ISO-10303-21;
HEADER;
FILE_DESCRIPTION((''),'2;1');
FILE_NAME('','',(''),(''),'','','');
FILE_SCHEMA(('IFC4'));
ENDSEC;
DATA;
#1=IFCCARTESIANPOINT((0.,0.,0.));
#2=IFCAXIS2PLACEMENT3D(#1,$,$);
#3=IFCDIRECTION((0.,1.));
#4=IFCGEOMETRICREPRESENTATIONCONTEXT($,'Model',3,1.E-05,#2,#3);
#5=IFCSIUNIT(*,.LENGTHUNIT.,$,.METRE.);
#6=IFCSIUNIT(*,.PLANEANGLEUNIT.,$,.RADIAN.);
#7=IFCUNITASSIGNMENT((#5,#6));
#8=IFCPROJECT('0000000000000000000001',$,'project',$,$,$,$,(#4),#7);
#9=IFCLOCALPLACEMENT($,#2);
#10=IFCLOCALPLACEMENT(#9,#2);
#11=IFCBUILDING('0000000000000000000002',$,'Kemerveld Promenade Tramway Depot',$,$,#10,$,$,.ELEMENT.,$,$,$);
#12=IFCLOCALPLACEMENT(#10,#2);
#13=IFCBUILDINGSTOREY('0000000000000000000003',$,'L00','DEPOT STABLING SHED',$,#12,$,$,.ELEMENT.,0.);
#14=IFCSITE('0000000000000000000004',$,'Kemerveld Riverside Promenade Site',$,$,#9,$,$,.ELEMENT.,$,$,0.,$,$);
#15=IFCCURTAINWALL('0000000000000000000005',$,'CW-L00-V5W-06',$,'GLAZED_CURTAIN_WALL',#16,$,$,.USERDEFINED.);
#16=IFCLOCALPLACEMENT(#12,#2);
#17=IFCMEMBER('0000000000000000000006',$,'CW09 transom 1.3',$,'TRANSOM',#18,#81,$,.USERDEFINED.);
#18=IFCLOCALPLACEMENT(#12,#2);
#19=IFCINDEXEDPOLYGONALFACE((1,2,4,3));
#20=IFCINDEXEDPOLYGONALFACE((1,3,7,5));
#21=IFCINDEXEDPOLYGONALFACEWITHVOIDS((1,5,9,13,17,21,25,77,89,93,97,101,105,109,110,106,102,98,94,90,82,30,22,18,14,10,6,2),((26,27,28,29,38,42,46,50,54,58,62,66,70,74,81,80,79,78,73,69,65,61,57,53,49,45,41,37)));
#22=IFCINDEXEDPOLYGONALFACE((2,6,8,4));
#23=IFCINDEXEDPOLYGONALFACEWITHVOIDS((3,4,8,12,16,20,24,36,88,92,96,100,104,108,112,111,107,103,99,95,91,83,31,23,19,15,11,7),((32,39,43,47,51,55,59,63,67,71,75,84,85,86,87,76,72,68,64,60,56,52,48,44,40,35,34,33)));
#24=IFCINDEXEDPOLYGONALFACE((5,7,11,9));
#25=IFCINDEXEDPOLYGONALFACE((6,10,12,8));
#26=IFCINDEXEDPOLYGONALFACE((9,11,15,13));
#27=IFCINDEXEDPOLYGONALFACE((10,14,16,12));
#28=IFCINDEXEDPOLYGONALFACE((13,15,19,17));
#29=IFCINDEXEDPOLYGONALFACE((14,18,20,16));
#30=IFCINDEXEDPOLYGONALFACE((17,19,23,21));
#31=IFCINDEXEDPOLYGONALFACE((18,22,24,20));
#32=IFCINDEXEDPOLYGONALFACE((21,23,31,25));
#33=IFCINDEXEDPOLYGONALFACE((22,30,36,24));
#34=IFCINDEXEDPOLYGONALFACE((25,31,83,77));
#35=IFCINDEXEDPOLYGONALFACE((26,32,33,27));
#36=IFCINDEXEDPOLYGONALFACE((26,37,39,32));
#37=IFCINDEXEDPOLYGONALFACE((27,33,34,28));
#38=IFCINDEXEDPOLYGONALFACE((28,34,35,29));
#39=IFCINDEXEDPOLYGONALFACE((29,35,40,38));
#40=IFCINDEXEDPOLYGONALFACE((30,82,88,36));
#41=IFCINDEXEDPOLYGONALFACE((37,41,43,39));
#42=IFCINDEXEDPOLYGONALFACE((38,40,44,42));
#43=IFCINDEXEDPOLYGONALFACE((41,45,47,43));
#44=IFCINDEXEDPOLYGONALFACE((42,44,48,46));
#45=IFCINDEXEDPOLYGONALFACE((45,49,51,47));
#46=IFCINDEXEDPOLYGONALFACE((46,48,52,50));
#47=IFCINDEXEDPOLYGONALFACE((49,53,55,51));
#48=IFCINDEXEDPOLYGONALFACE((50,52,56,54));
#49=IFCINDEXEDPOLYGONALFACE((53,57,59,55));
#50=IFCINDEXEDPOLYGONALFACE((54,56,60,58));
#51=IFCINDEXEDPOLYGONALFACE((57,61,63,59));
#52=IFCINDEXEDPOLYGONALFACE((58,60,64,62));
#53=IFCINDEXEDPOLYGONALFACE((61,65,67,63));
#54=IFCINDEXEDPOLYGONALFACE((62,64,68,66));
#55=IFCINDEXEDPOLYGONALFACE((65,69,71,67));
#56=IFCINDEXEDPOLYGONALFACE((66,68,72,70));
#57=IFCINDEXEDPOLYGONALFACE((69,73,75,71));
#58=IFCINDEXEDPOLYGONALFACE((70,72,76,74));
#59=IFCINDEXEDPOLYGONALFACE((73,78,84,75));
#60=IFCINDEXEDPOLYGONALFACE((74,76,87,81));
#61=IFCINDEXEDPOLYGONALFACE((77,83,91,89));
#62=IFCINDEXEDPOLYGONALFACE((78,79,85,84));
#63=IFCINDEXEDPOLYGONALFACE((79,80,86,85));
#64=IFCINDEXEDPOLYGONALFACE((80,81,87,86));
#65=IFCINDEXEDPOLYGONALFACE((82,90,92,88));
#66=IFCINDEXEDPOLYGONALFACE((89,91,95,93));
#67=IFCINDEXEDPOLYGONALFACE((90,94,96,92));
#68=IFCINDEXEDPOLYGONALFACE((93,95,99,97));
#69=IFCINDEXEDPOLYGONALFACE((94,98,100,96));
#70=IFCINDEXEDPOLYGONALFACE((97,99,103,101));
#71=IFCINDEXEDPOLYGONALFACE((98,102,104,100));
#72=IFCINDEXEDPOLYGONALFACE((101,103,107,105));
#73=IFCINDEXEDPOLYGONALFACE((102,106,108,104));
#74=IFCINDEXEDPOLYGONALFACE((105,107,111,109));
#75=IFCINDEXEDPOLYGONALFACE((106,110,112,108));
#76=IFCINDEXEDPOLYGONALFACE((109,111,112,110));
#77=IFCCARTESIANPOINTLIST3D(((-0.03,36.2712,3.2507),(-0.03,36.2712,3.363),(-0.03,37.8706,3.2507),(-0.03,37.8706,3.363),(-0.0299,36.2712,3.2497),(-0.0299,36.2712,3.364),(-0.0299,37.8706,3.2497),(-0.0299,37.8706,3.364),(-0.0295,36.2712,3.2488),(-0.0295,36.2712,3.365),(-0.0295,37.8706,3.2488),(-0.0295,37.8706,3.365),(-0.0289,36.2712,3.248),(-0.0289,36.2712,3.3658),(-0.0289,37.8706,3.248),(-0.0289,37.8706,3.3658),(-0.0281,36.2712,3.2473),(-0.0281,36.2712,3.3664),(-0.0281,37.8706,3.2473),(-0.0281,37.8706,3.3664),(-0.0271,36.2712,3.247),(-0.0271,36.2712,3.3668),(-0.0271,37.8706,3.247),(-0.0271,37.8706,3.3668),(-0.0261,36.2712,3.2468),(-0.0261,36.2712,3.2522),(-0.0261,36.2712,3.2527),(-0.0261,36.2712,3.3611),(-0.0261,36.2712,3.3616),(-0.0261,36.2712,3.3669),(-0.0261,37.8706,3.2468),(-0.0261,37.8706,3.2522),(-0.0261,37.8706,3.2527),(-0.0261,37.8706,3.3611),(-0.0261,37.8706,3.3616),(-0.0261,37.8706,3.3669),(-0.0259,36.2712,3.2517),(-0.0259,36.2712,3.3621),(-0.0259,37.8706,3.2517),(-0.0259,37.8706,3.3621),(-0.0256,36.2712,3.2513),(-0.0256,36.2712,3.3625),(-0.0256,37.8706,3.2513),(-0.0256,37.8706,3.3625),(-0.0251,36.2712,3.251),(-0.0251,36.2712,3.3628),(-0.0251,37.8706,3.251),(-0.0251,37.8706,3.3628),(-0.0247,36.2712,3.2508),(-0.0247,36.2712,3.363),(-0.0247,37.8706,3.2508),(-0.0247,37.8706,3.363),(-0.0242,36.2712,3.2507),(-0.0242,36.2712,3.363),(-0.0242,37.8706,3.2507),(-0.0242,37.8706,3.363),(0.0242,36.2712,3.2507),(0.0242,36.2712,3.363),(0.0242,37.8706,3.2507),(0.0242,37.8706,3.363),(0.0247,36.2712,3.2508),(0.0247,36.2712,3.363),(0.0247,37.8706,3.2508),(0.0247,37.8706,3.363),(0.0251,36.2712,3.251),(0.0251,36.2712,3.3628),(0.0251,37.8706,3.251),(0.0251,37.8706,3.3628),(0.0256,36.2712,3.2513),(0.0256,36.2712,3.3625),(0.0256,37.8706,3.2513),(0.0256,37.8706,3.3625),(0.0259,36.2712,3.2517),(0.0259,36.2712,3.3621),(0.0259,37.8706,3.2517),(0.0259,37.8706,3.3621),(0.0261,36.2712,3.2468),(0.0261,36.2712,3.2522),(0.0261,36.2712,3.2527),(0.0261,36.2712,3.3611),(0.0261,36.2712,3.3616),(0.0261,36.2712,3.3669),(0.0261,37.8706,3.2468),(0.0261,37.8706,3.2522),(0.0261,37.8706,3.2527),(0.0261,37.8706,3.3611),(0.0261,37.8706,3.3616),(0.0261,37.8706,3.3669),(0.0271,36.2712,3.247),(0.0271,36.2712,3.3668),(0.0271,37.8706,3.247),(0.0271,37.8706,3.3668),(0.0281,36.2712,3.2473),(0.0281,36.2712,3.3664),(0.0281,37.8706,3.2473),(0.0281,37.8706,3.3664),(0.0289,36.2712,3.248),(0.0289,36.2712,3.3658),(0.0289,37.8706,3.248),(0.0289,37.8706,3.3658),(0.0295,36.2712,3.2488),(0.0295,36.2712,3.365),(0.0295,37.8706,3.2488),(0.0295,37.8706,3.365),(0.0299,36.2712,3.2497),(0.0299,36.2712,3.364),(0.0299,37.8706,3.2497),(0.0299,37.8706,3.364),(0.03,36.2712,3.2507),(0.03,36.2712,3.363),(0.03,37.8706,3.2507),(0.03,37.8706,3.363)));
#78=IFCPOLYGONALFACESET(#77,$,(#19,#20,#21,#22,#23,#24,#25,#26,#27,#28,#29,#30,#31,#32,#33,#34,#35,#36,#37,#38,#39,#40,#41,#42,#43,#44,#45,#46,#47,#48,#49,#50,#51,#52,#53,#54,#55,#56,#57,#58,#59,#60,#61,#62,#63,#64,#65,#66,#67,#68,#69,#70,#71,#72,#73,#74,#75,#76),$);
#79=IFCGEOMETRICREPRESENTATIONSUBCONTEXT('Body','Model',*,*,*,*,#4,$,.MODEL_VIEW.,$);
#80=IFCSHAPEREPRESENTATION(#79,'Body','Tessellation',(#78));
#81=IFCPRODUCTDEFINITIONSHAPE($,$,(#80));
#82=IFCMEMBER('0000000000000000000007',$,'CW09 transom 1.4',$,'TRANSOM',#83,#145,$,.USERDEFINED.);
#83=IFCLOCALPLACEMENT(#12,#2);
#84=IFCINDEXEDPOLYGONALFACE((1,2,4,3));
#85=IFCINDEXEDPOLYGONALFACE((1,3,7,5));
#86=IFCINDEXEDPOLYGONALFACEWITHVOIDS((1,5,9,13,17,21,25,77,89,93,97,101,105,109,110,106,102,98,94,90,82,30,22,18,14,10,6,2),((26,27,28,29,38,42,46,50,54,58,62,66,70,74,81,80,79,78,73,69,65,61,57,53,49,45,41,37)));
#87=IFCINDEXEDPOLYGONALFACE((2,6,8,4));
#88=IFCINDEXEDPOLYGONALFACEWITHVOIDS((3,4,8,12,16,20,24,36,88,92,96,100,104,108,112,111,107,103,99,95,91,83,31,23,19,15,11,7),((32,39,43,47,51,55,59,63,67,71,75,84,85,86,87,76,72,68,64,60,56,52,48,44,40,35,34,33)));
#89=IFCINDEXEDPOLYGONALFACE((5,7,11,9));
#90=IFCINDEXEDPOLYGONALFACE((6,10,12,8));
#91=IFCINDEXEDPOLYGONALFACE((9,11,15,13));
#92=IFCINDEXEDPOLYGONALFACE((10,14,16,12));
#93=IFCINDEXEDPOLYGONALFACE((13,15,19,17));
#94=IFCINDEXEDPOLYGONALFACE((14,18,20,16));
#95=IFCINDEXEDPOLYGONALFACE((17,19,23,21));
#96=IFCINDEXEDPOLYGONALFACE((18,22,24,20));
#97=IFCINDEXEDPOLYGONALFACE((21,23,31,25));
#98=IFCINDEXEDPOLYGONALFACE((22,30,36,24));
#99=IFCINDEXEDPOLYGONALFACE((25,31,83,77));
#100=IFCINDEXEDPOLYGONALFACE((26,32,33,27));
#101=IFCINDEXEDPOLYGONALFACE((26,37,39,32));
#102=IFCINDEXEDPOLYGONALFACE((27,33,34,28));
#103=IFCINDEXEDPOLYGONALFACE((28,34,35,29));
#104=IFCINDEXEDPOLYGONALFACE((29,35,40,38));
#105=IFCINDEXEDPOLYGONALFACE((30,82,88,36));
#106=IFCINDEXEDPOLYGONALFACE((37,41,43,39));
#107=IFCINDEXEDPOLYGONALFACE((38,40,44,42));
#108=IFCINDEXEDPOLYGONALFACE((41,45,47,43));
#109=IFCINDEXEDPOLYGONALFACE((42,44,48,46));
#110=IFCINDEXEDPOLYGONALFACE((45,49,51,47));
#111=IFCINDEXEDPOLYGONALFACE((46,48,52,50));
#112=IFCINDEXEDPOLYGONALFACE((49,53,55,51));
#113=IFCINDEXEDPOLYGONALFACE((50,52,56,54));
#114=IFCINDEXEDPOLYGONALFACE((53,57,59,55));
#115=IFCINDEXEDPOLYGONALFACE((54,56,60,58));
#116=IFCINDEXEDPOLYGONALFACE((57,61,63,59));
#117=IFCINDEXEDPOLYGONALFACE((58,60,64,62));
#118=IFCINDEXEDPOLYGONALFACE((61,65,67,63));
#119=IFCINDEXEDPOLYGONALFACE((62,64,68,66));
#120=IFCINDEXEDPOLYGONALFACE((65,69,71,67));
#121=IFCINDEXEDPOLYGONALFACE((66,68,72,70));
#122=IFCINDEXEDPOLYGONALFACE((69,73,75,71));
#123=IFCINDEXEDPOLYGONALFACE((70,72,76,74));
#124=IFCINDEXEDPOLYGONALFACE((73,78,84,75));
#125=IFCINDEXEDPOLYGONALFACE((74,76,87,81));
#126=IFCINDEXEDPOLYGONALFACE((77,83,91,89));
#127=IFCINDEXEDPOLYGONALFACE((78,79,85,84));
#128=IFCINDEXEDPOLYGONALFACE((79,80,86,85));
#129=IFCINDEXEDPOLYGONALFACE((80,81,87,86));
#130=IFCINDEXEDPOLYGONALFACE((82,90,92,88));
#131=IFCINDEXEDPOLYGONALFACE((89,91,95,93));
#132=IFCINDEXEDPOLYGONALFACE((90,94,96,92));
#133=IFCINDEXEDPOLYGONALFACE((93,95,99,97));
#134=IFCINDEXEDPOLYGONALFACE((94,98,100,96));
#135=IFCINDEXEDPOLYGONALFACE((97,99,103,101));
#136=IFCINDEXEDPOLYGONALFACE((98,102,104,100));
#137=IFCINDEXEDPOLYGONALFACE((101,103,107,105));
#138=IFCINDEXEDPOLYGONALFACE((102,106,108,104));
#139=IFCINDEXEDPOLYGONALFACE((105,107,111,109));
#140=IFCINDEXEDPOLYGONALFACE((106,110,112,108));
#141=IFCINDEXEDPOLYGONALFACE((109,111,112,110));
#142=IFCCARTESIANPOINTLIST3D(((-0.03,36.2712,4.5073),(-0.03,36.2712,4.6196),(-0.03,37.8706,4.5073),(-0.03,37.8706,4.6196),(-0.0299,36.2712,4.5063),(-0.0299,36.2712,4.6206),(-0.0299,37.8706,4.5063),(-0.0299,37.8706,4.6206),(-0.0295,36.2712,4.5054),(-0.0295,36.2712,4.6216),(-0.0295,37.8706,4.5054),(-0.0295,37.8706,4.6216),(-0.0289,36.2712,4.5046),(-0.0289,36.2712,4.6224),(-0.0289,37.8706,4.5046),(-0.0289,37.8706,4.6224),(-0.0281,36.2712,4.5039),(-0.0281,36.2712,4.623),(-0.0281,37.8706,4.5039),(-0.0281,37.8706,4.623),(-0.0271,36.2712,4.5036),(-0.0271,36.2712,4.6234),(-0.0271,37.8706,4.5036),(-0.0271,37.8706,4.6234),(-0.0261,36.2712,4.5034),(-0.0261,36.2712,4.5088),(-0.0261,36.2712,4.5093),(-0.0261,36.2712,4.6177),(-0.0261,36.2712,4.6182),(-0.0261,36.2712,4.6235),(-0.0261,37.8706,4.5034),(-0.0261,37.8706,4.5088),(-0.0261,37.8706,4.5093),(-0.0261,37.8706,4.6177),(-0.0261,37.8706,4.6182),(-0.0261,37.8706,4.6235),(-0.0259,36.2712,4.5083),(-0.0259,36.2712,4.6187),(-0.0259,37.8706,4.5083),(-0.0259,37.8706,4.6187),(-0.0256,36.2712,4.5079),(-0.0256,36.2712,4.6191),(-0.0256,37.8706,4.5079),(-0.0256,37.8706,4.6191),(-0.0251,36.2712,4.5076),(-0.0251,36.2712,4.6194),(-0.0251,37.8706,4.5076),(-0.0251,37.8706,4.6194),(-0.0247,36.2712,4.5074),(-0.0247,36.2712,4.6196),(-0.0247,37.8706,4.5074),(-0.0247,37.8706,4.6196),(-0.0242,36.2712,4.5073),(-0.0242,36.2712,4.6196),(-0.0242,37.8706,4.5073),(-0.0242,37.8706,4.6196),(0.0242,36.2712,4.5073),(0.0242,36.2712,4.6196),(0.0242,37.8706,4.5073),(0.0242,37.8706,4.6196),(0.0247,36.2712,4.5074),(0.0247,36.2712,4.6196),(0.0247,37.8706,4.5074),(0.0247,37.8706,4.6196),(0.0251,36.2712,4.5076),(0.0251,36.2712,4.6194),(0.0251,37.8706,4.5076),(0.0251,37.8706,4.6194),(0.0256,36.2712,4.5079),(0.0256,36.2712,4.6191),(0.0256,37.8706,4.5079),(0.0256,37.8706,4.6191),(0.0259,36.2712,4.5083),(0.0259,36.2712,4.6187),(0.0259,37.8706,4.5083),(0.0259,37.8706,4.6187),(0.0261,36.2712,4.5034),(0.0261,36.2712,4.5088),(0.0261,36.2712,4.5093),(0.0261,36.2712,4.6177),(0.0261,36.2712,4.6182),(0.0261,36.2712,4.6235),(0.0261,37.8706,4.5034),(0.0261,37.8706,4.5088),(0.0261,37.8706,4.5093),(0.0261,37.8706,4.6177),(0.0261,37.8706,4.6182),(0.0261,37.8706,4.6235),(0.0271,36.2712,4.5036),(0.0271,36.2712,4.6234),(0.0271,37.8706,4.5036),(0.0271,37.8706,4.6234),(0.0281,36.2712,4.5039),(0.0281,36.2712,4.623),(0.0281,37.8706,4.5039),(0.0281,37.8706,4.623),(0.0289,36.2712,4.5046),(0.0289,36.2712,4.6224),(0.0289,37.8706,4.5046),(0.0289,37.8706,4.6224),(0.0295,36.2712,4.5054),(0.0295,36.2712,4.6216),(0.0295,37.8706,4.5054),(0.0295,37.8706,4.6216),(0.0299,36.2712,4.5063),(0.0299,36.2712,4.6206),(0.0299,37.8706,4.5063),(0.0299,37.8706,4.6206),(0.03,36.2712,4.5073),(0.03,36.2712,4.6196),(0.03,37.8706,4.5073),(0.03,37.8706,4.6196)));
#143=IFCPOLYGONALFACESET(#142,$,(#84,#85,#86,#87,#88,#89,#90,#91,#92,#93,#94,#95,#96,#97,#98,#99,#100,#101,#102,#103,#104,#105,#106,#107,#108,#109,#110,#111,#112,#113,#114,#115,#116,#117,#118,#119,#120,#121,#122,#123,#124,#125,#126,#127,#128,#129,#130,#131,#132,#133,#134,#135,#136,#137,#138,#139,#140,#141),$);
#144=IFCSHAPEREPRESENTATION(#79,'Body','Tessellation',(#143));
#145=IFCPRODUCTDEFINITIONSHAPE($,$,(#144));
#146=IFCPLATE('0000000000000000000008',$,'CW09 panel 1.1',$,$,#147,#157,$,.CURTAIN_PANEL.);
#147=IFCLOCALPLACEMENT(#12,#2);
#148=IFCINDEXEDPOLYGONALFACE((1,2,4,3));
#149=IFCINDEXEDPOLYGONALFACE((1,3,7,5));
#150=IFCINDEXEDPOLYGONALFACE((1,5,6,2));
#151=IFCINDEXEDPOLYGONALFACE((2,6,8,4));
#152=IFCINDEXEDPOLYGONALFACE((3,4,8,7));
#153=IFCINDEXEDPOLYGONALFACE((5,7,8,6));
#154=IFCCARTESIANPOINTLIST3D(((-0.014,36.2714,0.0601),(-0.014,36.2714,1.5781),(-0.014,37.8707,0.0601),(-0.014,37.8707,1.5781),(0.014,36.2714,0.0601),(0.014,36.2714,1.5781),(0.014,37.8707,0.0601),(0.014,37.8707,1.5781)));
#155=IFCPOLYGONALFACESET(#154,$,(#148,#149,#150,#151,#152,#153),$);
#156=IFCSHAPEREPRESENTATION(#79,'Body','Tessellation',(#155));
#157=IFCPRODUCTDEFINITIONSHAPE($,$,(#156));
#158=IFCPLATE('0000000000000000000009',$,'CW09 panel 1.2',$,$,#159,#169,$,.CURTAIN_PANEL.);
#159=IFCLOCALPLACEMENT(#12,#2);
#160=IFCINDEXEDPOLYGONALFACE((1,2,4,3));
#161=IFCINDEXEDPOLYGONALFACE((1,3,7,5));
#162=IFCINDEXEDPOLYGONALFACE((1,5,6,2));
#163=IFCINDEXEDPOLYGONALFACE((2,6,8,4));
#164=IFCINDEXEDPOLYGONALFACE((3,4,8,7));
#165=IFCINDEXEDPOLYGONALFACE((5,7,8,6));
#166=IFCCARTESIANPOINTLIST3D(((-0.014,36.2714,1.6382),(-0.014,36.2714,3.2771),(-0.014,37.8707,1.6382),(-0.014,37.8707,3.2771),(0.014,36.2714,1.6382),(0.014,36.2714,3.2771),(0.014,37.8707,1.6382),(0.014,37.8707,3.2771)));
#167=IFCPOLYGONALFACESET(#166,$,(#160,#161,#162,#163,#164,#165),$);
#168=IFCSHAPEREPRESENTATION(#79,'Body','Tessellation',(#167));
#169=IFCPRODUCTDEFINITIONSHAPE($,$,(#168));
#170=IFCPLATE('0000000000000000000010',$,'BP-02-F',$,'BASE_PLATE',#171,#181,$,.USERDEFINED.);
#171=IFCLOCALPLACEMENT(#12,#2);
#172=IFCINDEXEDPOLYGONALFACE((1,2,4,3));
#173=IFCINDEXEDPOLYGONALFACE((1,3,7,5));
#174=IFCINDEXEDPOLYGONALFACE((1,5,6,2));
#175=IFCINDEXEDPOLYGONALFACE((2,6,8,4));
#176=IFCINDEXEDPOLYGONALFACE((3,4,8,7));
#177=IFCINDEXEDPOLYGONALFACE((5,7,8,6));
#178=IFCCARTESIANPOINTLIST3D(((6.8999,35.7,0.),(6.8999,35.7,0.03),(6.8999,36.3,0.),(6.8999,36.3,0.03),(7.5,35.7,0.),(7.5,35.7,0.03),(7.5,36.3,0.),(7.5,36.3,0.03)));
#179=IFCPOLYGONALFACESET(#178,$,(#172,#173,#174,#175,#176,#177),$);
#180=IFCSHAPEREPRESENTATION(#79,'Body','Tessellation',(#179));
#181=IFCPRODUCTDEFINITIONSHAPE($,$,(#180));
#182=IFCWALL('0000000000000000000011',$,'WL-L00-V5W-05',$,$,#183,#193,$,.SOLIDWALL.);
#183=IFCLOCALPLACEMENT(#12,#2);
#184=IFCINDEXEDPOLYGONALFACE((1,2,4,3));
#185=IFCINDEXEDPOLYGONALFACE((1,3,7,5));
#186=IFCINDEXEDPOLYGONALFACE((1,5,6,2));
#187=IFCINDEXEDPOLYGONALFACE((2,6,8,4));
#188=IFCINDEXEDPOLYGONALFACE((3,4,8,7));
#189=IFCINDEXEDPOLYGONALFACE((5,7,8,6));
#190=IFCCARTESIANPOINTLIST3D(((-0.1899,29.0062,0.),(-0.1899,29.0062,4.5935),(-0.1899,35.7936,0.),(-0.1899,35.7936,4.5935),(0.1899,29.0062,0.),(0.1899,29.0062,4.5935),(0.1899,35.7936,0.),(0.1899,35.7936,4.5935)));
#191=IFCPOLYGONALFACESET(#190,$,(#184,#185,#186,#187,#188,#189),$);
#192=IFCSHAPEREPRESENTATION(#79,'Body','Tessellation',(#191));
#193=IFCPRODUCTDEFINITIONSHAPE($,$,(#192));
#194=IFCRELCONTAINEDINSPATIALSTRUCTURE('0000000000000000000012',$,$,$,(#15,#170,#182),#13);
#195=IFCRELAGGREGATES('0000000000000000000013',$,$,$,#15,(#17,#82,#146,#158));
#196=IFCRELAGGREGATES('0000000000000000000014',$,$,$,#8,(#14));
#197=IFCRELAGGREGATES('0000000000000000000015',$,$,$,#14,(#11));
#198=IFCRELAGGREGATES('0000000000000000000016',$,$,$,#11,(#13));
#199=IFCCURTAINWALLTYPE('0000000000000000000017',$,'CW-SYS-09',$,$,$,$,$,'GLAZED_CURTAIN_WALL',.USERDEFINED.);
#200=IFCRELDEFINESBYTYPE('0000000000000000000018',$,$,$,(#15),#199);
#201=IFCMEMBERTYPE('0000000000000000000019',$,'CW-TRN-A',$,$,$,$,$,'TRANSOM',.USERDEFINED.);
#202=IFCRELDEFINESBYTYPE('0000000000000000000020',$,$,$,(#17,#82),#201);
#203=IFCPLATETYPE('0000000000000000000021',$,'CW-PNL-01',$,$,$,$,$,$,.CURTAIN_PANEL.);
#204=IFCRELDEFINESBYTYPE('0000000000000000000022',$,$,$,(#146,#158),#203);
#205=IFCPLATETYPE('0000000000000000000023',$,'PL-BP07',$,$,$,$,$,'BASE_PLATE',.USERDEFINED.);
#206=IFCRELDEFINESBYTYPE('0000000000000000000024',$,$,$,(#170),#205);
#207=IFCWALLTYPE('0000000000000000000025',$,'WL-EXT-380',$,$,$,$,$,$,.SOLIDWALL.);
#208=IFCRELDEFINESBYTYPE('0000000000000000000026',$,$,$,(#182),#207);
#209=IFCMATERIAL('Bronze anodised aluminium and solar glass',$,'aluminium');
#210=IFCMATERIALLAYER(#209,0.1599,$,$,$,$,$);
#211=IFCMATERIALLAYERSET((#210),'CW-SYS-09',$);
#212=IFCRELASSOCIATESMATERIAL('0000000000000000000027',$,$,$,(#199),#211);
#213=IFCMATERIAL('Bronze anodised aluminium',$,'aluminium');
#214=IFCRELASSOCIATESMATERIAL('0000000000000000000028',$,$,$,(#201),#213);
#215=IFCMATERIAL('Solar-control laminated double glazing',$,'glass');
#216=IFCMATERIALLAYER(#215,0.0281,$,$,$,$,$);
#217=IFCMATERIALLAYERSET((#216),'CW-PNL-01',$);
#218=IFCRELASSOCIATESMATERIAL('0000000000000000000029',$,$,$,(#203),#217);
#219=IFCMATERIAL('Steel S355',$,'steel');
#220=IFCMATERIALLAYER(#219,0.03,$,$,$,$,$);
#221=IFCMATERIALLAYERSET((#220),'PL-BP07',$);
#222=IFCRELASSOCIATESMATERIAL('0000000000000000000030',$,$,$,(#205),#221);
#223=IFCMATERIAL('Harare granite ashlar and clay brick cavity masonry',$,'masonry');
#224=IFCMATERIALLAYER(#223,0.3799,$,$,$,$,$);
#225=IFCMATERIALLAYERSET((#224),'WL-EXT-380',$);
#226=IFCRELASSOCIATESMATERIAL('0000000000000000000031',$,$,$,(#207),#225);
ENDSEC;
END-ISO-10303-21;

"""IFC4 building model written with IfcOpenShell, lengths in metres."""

from ifc_helpers import new_model, si_unit, direction, frame, frame_2d, origin, origin_2d, place, context, subcontext, project, spatial, rectangle, hollow_rectangle, extrude, material, layer, layer_set, material_profile, profile_set, type_object, element, aggregate, save


model = new_model("IFC4")

# Units and contexts
model_context = context("Model", 3, precision=1e-05, world=origin(), true_north=direction((0.0, 1.0)))
body_context = subcontext(model_context, "Body", "Model", "MODEL_VIEW")
ifc_project = project(units=[si_unit("LENGTHUNIT", "METRE"), si_unit("PLANEANGLEUNIT", "RADIAN")], contexts=[model_context])

# Site, building, storey
site_placement = place(None, origin())
site = spatial("IfcSite", under=ifc_project, at=site_placement, Name="Kemerveld Riverside Promenade Site", CompositionType="ELEMENT", RefElevation=0.0)
building_placement = place(site_placement, origin())
building = spatial("IfcBuilding", under=site, at=building_placement, Name="Kemerveld Promenade Tramway Depot", CompositionType="ELEMENT")
storey_placement = place(building_placement, origin())
storey = spatial("IfcBuildingStorey", under=building, at=storey_placement, Name="L00", Description="DEPOT STABLING SHED", CompositionType="ELEMENT", Elevation=0.0)

# Shared definitions
ifc_material_1 = material(Name="Steel S355", Category="steel")

# Curtain wall, members, plates
ifc_material_2 = material(Name="Bronze anodised aluminium and solar glass", Category="aluminium")
ifc_layer_1 = layer(ifc_material_2, 0.1599)
ifc_layer_set_1 = layer_set([ifc_layer_1], Name="CW-SYS-09")
curtain_wall_type = type_object("IfcCurtainWallType", Name="CW-SYS-09", ElementType="GLAZED_CURTAIN_WALL", PredefinedType="USERDEFINED", material=ifc_layer_set_1)
curtain_wall_placement = place(storey_placement, origin())
curtain_wall = element("IfcCurtainWall", 1, at=curtain_wall_placement, inside=storey, type_object=curtain_wall_type, Name="CW-L00-V5W-06", ObjectType="GLAZED_CURTAIN_WALL", PredefinedType="USERDEFINED")
ifc_material_3 = material(Name="Bronze anodised aluminium", Category="aluminium")
ifc_material_profile_1 = material_profile(ifc_material_3, hollow_rectangle(XDim=0.0601, YDim=0.1201, WallThickness=0.0039, InnerFilletRadius=0.002, OuterFilletRadius=0.0039, at=origin_2d()), Name="CW-TRN-120x60")
ifc_profile_set_1 = profile_set([ifc_material_profile_1], Name="Bronze anodised aluminium")
member_type_1 = type_object("IfcMemberType", Name="CW-TRN-A", ElementType="TRANSOM", PredefinedType="USERDEFINED", material=ifc_profile_set_1)
member_1_placement = place(storey_placement, frame((0.0, 36.2712, 3.3069), z_axis=(0.0, 1.0, 0.0), x_axis=(-1.0, 0.0, 0.0)))
member_1 = element("IfcMember", 2, at=member_1_placement, type_object=member_type_1, Name="CW09 transom 1.3", ObjectType="TRANSOM", PredefinedType="USERDEFINED", context=body_context, shape_type="SweptSolid", body=[
    extrude(hollow_rectangle(XDim=0.0601, YDim=0.1201, WallThickness=0.0039, InnerFilletRadius=0.002, OuterFilletRadius=0.0039, at=origin_2d()), origin(), (0.0, 0.0, 1.0), 1.5994),
])
member_2_placement = place(storey_placement, frame((0.0, 36.2712, 4.5635), z_axis=(0.0, 1.0, 0.0), x_axis=(-1.0, 0.0, 0.0)))
member_2 = element("IfcMember", 3, at=member_2_placement, type_object=member_type_1, Name="CW09 transom 1.4", ObjectType="TRANSOM", PredefinedType="USERDEFINED", context=body_context, shape_type="SweptSolid", body=[
    extrude(hollow_rectangle(XDim=0.0601, YDim=0.1201, WallThickness=0.0039, InnerFilletRadius=0.002, OuterFilletRadius=0.0039, at=origin_2d()), origin(), (0.0, 0.0, 1.0), 1.5994),
])
ifc_material_4 = material(Name="Solar-control laminated double glazing", Category="glass")
ifc_layer_2 = layer(ifc_material_4, 0.0281)
ifc_layer_set_2 = layer_set([ifc_layer_2], Name="CW-PNL-01")
plate_type_1 = type_object("IfcPlateType", Name="CW-PNL-01", PredefinedType="CURTAIN_PANEL", material=ifc_layer_set_2)
plate_1_placement = place(storey_placement, frame((0.0, 37.071, 0.0601), z_axis=(0.0, 0.0, 1.0), x_axis=(0.0, 1.0, 0.0)))
plate_1 = element("IfcPlate", 4, at=plate_1_placement, type_object=plate_type_1, Name="CW09 panel 1.1", PredefinedType="CURTAIN_PANEL", context=body_context, shape_type="SweptSolid", body=[
    extrude(rectangle(XDim=1.5994, YDim=0.0281, at=origin_2d()), origin(), (0.0, 0.0, 1.0), 1.5181),
])
plate_2_placement = place(storey_placement, frame((0.0, 37.071, 1.6382), z_axis=(0.0, 0.0, 1.0), x_axis=(0.0, 1.0, 0.0)))
plate_2 = element("IfcPlate", 5, at=plate_2_placement, type_object=plate_type_1, Name="CW09 panel 1.2", PredefinedType="CURTAIN_PANEL", context=body_context, shape_type="SweptSolid", body=[
    extrude(rectangle(XDim=1.5994, YDim=0.0281, at=origin_2d()), origin(), (0.0, 0.0, 1.0), 1.6389),
])
aggregate(curtain_wall, [member_1, member_2, plate_1, plate_2])

# Plate
ifc_layer_3 = layer(ifc_material_1, 0.03)
ifc_layer_set_3 = layer_set([ifc_layer_3], Name="PL-BP07")
plate_type_2 = type_object("IfcPlateType", Name="PL-BP07", ElementType="BASE_PLATE", PredefinedType="USERDEFINED", material=ifc_layer_set_3)
plate_3_placement = place(storey_placement, frame((7.2, 36.0, 0.0), z_axis=(0.0, 0.0, 1.0), x_axis=(1.0, 0.0, 0.0)))
element("IfcPlate", 6, at=plate_3_placement, inside=storey, type_object=plate_type_2, Name="BP-02-F", ObjectType="BASE_PLATE", PredefinedType="USERDEFINED", context=body_context, shape_type="SweptSolid", body=[
    extrude(rectangle(XDim=0.6001, YDim=0.6001, at=origin_2d()), origin(), (0.0, 0.0, 1.0), 0.03),
])

# Wall
ifc_material_5 = material(Name="Harare granite ashlar and clay brick cavity masonry", Category="masonry")
ifc_layer_4 = layer(ifc_material_5, 0.3799)
ifc_layer_set_4 = layer_set([ifc_layer_4], Name="WL-EXT-380")
wall_type_1 = type_object("IfcWallType", Name="WL-EXT-380", PredefinedType="SOLIDWALL", material=ifc_layer_set_4)
wall_1_placement = place(storey_placement, frame((0.0, 29.0063, 0.0), z_axis=(0.0, 0.0, 1.0), x_axis=(0.0, 1.0, 0.0)))
element("IfcWall", 7, at=wall_1_placement, inside=storey, type_object=wall_type_1, Name="WL-L00-V5W-05", PredefinedType="SOLIDWALL", context=body_context, shape_type="SweptSolid", body=[
    extrude(rectangle(XDim=6.7874, YDim=0.3799, at=frame_2d((3.3936, 0.0))), origin(), (0.0, 0.0, 1.0), 4.5935),
])

save(model, "model.ifc")
